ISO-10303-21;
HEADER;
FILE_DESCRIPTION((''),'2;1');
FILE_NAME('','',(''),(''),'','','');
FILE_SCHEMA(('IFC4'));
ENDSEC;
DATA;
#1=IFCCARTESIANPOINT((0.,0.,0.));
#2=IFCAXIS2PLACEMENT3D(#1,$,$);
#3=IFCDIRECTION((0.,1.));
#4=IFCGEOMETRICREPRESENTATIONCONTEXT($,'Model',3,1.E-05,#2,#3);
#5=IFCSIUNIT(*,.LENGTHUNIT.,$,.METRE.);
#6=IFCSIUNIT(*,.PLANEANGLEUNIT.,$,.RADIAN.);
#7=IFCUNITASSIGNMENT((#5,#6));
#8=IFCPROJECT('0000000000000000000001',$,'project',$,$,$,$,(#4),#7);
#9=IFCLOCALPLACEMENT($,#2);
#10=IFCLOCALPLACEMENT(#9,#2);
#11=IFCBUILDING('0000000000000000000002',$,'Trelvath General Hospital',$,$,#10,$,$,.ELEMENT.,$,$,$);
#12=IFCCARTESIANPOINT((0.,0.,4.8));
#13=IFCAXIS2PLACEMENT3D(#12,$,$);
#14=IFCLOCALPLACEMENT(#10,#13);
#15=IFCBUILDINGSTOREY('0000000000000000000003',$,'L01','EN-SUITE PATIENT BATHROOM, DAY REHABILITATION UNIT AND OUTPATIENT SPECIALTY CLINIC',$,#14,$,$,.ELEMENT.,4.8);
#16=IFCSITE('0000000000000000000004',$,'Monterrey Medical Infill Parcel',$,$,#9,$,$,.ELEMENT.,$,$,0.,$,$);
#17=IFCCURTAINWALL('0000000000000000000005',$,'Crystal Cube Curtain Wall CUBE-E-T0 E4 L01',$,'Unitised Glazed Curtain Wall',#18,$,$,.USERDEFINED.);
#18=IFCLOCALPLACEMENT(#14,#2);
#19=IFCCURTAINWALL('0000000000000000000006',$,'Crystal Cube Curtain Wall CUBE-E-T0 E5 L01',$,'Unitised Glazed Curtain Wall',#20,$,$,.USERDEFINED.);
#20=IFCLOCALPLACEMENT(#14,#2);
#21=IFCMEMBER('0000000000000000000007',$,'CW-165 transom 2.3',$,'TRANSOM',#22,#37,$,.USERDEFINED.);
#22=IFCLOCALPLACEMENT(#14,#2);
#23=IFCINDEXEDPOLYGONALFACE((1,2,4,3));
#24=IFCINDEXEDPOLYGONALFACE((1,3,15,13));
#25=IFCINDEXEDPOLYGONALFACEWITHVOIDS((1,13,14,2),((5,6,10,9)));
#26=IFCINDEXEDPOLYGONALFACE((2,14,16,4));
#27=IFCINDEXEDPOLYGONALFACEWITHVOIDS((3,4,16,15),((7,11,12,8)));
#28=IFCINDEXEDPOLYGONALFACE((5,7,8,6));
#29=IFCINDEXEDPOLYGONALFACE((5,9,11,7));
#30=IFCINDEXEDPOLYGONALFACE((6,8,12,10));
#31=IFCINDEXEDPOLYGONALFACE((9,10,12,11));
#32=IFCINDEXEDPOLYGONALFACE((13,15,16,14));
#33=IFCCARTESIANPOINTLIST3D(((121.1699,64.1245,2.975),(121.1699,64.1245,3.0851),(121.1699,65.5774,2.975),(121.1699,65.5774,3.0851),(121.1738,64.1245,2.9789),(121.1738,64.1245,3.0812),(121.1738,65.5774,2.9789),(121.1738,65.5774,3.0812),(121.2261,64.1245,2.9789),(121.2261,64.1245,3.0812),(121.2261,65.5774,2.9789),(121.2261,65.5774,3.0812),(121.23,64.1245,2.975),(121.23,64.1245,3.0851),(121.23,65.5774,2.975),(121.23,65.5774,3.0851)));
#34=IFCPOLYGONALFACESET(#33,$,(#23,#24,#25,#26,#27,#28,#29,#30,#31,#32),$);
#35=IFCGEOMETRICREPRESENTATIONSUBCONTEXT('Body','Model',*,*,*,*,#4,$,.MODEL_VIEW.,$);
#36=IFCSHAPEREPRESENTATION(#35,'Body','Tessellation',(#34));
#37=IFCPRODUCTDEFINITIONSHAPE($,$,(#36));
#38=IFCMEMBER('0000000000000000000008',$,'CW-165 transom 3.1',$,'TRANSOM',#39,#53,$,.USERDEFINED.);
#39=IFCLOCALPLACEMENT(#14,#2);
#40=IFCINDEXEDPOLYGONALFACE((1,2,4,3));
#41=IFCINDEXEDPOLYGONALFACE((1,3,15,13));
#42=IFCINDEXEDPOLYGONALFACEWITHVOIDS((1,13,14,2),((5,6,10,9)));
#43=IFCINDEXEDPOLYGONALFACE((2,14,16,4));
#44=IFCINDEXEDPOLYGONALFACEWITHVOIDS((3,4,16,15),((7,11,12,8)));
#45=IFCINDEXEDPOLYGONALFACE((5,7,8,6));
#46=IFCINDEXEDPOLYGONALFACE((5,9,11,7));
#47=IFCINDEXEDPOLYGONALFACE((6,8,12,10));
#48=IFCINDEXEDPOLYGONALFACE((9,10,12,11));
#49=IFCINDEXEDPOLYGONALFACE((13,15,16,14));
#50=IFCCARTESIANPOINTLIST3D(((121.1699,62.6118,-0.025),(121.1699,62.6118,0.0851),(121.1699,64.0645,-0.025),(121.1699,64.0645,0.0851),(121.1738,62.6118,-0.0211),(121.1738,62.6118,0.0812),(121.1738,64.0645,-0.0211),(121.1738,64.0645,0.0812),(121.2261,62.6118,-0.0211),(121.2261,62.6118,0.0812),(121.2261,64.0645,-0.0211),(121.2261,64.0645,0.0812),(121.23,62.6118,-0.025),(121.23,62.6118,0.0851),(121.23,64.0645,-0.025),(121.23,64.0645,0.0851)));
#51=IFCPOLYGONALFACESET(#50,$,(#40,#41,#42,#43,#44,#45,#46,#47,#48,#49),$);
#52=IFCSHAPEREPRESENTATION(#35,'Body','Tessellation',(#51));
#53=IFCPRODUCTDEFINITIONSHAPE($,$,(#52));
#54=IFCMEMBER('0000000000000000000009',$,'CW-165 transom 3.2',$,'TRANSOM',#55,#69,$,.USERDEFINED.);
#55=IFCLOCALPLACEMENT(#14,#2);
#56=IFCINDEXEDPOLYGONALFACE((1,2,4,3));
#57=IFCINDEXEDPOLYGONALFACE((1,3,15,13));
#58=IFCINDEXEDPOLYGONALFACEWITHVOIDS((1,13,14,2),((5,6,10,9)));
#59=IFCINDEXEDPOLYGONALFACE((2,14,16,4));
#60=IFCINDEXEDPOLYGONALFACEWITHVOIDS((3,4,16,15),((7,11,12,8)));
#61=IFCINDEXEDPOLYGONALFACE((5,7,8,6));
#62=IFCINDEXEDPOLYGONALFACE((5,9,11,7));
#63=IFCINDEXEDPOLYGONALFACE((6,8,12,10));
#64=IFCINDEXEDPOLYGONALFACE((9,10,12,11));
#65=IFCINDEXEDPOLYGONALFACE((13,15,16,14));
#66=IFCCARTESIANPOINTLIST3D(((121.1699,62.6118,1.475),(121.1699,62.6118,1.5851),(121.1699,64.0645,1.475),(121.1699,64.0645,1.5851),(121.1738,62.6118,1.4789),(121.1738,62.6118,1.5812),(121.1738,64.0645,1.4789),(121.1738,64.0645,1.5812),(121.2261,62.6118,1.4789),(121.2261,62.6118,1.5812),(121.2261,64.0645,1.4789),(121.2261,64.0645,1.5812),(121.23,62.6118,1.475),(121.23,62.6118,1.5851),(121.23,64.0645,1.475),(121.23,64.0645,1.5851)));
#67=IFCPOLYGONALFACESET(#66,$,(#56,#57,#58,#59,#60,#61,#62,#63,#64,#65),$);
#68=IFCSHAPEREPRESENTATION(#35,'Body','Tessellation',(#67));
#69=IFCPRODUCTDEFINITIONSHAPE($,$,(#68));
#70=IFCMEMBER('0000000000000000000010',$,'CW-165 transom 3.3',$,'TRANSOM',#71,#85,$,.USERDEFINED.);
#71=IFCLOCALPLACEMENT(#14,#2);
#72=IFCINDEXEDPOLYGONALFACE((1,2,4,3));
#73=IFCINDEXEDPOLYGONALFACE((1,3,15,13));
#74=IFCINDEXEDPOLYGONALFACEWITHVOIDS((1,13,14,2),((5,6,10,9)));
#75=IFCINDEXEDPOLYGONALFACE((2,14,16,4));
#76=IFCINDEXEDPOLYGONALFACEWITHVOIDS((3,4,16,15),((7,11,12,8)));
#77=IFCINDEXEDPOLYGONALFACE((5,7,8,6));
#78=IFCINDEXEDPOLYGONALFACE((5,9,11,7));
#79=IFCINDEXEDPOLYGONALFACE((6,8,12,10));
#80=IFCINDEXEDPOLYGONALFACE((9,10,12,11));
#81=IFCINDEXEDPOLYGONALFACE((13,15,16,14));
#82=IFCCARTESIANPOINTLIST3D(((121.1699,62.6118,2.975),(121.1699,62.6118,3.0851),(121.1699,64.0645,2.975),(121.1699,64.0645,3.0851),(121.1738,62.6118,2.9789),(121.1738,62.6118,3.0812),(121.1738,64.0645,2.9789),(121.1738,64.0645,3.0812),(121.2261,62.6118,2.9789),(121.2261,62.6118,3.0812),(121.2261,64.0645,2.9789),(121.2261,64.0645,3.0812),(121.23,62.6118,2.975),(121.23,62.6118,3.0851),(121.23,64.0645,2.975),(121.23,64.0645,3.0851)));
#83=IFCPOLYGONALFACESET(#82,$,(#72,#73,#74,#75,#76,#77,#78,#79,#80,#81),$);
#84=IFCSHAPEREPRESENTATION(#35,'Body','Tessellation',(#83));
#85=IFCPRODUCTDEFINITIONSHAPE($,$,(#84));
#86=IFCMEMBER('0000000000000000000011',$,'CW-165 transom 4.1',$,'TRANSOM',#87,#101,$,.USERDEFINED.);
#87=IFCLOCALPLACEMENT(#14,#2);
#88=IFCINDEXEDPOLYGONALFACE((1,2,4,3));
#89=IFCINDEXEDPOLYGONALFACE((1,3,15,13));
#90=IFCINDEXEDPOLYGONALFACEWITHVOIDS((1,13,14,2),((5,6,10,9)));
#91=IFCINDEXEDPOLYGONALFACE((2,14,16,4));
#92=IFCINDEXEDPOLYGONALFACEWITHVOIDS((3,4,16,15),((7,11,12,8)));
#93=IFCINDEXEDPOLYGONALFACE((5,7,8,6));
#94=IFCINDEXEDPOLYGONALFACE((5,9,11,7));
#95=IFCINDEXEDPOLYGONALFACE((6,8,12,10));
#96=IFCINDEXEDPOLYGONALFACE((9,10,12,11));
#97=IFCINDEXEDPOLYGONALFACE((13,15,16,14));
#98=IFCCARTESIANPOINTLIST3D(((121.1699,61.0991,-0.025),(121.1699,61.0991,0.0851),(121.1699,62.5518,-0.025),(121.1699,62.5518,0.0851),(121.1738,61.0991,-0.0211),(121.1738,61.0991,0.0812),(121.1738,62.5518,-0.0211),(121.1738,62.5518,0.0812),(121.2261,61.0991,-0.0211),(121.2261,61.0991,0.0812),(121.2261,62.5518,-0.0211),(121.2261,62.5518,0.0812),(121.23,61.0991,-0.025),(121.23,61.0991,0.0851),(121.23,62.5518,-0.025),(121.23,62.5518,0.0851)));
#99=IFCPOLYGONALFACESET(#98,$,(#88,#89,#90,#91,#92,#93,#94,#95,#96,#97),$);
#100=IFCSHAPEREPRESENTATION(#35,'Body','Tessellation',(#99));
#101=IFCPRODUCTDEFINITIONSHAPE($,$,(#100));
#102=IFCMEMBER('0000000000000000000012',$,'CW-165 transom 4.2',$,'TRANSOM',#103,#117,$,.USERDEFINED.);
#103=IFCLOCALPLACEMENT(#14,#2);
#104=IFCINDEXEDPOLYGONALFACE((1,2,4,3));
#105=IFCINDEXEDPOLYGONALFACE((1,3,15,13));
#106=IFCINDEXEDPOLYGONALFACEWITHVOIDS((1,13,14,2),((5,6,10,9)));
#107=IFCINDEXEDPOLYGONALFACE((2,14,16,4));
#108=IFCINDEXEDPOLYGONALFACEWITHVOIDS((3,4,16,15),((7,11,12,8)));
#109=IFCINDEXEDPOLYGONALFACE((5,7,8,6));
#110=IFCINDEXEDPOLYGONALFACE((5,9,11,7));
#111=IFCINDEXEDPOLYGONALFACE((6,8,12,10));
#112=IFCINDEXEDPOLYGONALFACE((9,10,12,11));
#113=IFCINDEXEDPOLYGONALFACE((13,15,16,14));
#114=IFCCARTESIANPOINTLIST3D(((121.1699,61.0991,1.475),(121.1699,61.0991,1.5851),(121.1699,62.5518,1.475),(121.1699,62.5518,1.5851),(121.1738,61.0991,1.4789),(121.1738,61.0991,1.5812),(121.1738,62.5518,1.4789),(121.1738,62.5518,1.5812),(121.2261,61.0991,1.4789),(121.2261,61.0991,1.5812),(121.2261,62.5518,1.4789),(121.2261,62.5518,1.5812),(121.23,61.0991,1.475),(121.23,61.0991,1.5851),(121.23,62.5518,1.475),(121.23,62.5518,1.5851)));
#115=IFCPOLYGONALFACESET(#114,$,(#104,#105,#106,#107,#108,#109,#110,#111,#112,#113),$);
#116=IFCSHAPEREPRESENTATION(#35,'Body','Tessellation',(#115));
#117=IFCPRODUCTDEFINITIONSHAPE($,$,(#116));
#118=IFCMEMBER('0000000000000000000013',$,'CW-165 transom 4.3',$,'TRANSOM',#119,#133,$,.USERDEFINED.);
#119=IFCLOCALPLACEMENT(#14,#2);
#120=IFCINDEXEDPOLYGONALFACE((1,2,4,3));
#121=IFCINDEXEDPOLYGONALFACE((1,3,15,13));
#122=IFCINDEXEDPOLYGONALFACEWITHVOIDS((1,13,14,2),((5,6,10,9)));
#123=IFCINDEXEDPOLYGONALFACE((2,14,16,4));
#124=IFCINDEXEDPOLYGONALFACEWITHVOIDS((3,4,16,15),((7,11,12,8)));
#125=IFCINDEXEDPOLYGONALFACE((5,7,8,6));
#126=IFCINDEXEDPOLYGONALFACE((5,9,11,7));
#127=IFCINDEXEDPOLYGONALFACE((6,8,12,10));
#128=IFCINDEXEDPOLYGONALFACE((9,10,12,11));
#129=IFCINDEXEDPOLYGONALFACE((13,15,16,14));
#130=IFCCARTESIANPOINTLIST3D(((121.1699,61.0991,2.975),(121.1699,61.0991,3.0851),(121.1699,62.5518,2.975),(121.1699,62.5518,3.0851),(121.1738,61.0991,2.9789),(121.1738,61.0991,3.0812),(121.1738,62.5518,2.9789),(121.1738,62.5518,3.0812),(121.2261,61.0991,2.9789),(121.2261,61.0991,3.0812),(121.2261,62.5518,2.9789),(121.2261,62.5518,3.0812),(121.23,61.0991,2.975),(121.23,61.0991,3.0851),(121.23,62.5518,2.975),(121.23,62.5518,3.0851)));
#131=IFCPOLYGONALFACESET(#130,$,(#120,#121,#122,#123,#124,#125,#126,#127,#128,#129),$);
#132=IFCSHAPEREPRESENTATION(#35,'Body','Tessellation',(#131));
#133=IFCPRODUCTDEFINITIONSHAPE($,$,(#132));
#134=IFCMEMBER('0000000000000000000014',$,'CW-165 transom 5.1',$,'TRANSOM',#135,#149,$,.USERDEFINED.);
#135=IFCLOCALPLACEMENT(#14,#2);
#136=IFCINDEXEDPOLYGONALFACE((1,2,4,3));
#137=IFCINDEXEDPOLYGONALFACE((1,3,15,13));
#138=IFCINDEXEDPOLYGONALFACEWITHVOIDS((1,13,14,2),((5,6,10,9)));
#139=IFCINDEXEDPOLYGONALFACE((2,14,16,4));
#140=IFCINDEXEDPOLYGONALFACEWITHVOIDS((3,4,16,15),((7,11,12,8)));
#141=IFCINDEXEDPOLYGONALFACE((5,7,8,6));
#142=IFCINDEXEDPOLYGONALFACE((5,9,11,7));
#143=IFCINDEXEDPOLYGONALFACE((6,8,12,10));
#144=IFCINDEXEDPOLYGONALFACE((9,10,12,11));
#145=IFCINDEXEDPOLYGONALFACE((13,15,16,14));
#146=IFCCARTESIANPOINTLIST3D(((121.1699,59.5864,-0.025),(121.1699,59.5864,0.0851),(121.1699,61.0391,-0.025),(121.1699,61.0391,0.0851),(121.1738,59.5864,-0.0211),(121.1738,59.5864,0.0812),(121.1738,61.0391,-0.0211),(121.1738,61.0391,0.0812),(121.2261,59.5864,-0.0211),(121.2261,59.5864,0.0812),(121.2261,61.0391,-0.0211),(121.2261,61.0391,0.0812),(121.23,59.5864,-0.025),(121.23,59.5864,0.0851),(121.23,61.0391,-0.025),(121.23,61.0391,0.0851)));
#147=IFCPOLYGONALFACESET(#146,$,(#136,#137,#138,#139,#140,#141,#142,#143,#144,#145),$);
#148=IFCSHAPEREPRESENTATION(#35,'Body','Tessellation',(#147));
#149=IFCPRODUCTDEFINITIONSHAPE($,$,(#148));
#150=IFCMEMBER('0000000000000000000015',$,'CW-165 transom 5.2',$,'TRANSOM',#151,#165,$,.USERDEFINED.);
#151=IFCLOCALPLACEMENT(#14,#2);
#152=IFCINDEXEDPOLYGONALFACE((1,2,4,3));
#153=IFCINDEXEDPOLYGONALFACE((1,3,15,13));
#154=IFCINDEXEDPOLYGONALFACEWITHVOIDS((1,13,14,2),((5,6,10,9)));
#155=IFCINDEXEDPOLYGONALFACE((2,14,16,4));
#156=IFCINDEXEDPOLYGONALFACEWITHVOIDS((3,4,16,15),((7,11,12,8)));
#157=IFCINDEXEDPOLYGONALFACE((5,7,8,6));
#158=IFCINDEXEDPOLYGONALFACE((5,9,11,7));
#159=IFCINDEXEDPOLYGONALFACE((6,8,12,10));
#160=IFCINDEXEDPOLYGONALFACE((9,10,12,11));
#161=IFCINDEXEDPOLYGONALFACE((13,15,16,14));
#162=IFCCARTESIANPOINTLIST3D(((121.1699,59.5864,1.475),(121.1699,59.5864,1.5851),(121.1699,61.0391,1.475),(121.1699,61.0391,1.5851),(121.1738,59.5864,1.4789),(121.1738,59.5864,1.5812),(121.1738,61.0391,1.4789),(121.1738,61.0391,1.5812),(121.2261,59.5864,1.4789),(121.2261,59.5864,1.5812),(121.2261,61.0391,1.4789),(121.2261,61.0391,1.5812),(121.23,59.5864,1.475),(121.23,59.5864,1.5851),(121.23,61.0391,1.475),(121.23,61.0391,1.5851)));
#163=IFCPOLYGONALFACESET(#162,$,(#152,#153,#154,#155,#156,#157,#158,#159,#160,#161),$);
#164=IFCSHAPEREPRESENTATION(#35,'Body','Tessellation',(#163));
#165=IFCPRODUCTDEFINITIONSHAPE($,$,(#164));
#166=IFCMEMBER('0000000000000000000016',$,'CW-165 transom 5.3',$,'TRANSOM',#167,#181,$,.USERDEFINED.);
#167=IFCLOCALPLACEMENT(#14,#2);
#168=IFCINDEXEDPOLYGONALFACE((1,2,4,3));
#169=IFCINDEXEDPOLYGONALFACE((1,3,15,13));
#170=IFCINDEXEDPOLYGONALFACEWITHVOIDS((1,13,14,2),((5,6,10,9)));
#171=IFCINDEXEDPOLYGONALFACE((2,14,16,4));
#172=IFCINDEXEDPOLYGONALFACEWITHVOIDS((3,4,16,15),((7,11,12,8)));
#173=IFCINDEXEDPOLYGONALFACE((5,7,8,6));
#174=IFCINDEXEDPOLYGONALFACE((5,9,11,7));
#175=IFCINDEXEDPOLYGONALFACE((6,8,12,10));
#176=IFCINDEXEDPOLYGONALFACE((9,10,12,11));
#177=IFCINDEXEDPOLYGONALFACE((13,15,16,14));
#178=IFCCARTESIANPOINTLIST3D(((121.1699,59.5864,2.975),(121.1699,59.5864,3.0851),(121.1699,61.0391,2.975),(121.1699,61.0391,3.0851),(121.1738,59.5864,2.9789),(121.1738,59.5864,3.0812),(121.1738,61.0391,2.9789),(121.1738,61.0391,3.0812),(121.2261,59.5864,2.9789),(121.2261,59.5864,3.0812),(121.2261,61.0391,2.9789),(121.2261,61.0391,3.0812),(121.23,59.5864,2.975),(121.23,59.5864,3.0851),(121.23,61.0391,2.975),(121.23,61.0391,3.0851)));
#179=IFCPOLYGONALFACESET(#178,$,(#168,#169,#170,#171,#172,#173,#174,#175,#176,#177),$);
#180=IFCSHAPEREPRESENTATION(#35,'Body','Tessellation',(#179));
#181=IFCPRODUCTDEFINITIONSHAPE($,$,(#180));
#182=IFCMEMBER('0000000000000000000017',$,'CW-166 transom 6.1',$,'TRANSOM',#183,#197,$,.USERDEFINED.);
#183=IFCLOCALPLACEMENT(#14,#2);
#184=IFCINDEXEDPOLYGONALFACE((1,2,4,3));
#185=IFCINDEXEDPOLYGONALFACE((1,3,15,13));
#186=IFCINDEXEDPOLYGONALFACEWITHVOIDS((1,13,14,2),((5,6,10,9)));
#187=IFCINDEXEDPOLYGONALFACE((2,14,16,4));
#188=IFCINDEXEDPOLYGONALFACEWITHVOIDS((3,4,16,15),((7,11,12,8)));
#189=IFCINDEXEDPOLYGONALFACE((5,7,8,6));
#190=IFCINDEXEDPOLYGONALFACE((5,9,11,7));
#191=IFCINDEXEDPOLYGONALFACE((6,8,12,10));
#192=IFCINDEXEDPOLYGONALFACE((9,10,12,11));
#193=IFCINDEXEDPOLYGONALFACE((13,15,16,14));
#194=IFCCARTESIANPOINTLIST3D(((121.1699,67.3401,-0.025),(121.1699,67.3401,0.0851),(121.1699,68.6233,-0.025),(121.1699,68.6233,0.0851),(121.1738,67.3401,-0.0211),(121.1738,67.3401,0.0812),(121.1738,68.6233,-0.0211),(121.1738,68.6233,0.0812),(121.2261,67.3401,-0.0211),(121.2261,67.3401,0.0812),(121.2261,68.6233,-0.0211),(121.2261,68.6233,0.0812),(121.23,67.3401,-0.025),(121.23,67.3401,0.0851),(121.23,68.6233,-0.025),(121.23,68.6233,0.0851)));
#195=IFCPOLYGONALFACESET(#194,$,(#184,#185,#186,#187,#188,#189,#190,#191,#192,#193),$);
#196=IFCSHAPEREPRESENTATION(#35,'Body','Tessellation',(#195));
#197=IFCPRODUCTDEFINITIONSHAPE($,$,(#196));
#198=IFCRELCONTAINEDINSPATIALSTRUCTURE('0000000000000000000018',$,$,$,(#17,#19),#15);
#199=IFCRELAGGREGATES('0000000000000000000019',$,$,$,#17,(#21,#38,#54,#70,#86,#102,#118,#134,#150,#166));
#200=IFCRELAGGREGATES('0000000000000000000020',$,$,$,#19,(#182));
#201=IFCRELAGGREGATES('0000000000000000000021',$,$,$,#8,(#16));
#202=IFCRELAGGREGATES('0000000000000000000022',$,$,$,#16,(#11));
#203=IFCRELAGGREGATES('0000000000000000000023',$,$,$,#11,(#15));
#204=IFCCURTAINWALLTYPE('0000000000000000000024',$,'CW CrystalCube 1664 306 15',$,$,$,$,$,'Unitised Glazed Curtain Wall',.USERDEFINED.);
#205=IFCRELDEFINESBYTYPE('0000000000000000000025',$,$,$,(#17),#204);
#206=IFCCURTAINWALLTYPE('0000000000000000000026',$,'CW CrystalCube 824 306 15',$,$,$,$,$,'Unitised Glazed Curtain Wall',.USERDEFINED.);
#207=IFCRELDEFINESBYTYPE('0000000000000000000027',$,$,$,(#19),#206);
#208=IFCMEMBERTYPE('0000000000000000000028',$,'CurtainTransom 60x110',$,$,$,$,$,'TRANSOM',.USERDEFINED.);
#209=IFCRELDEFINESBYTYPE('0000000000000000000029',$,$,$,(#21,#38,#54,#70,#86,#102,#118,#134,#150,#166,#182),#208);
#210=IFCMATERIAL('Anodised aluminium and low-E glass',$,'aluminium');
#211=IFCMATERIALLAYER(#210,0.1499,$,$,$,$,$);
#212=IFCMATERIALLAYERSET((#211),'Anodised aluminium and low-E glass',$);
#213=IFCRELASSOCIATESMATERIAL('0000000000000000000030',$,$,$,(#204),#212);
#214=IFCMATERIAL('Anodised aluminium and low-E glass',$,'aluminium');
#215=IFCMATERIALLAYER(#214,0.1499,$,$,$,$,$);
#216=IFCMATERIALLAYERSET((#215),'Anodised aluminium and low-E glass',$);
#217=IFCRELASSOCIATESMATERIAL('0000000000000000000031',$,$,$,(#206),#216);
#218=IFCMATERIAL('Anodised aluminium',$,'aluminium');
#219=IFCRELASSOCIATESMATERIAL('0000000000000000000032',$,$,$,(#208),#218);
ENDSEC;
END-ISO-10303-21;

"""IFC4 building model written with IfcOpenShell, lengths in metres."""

from ifc_helpers import new_model, si_unit, direction, frame, origin, origin_2d, place, context, subcontext, project, spatial, hollow_rectangle, extrude, material, layer, layer_set, material_profile, profile_set, type_object, element, aggregate, save


model = new_model("IFC4")

# Units and contexts
model_context = context("Model", 3, precision=1e-05, world=origin(), true_north=direction((0.0, 1.0)))
body_context = subcontext(model_context, "Body", "Model", "MODEL_VIEW")
ifc_project = project(units=[si_unit("LENGTHUNIT", "METRE"), si_unit("PLANEANGLEUNIT", "RADIAN")], contexts=[model_context])

# Site, building, storey
site_placement = place(None, origin())
site = spatial("IfcSite", under=ifc_project, at=site_placement, Name="Monterrey Medical Infill Parcel", CompositionType="ELEMENT", RefElevation=0.0)
building_placement = place(site_placement, origin())
building = spatial("IfcBuilding", under=site, at=building_placement, Name="Trelvath General Hospital", CompositionType="ELEMENT")
storey_placement = place(building_placement, frame((0.0, 0.0, 4.8)))
storey = spatial("IfcBuildingStorey", under=building, at=storey_placement, Name="L01", Description="EN-SUITE PATIENT BATHROOM, DAY REHABILITATION UNIT AND OUTPATIENT SPECIALTY CLINIC", CompositionType="ELEMENT", Elevation=4.8)

# Curtain wall
ifc_material_1 = material(Name="Anodised aluminium and low-E glass", Category="aluminium")
ifc_layer_1 = layer(ifc_material_1, 0.1499)
ifc_layer_set_1 = layer_set([ifc_layer_1], Name="Anodised aluminium and low-E glass")
curtain_wall_type_1 = type_object("IfcCurtainWallType", Name="CW CrystalCube 1664 306 15", ElementType="Unitised Glazed Curtain Wall", PredefinedType="USERDEFINED", material=ifc_layer_set_1)
curtain_wall_1_placement = place(storey_placement, origin())
curtain_wall_1 = element("IfcCurtainWall", 1, at=curtain_wall_1_placement, inside=storey, type_object=curtain_wall_type_1, Name="Crystal Cube Curtain Wall CUBE-E-T0 E4 L01", ObjectType="Unitised Glazed Curtain Wall", PredefinedType="USERDEFINED")

# Curtain wall
ifc_material_2 = material(Name="Anodised aluminium and low-E glass", Category="aluminium")
ifc_layer_2 = layer(ifc_material_2, 0.1499)
ifc_layer_set_2 = layer_set([ifc_layer_2], Name="Anodised aluminium and low-E glass")
curtain_wall_type_2 = type_object("IfcCurtainWallType", Name="CW CrystalCube 824 306 15", ElementType="Unitised Glazed Curtain Wall", PredefinedType="USERDEFINED", material=ifc_layer_set_2)
curtain_wall_2_placement = place(storey_placement, origin())
curtain_wall_2 = element("IfcCurtainWall", 2, at=curtain_wall_2_placement, inside=storey, type_object=curtain_wall_type_2, Name="Crystal Cube Curtain Wall CUBE-E-T0 E5 L01", ObjectType="Unitised Glazed Curtain Wall", PredefinedType="USERDEFINED")

# Members
ifc_material_3 = material(Name="Anodised aluminium", Category="aluminium")
ifc_material_profile_1 = material_profile(ifc_material_3, hollow_rectangle(XDim=0.0601, YDim=0.1101, WallThickness=0.0039, at=origin_2d()), Name="RHS60x110x4")
ifc_profile_set_1 = profile_set([ifc_material_profile_1], Name="Anodised aluminium")
member_type_1 = type_object("IfcMemberType", Name="CurtainTransom 60x110", ElementType="TRANSOM", PredefinedType="USERDEFINED", material=ifc_profile_set_1)
member_1_placement = place(storey_placement, frame((121.2, 65.5774, 3.03), z_axis=(0.0, -1.0, 0.0), x_axis=(1.0, 0.0, 0.0)))
member_1 = element("IfcMember", 3, at=member_1_placement, type_object=member_type_1, Name="CW-165 transom 2.3", ObjectType="TRANSOM", PredefinedType="USERDEFINED", context=body_context, shape_type="SweptSolid", body=[
    extrude(hollow_rectangle(XDim=0.0601, YDim=0.1101, WallThickness=0.0039, at=origin_2d()), origin(), (0.0, 0.0, 1.0), 1.4529),
])
member_2_placement = place(storey_placement, frame((121.2, 64.0645, 0.03), z_axis=(0.0, -1.0, 0.0), x_axis=(1.0, 0.0, 0.0)))
member_2 = element("IfcMember", 4, at=member_2_placement, type_object=member_type_1, Name="CW-165 transom 3.1", ObjectType="TRANSOM", PredefinedType="USERDEFINED", context=body_context, shape_type="SweptSolid", body=[
    extrude(hollow_rectangle(XDim=0.0601, YDim=0.1101, WallThickness=0.0039, at=origin_2d()), origin(), (0.0, 0.0, 1.0), 1.4526),
])
member_3_placement = place(storey_placement, frame((121.2, 64.0645, 1.53), z_axis=(0.0, -1.0, 0.0), x_axis=(1.0, 0.0, 0.0)))
member_3 = element("IfcMember", 5, at=member_3_placement, type_object=member_type_1, Name="CW-165 transom 3.2", ObjectType="TRANSOM", PredefinedType="USERDEFINED", context=body_context, shape_type="SweptSolid", body=[
    extrude(hollow_rectangle(XDim=0.0601, YDim=0.1101, WallThickness=0.0039, at=origin_2d()), origin(), (0.0, 0.0, 1.0), 1.4526),
])
member_4_placement = place(storey_placement, frame((121.2, 64.0645, 3.03), z_axis=(0.0, -1.0, 0.0), x_axis=(1.0, 0.0, 0.0)))
member_4 = element("IfcMember", 6, at=member_4_placement, type_object=member_type_1, Name="CW-165 transom 3.3", ObjectType="TRANSOM", PredefinedType="USERDEFINED", context=body_context, shape_type="SweptSolid", body=[
    extrude(hollow_rectangle(XDim=0.0601, YDim=0.1101, WallThickness=0.0039, at=origin_2d()), origin(), (0.0, 0.0, 1.0), 1.4526),
])
member_5_placement = place(storey_placement, frame((121.2, 62.5518, 0.03), z_axis=(0.0, -1.0, 0.0), x_axis=(1.0, 0.0, 0.0)))
member_5 = element("IfcMember", 7, at=member_5_placement, type_object=member_type_1, Name="CW-165 transom 4.1", ObjectType="TRANSOM", PredefinedType="USERDEFINED", context=body_context, shape_type="SweptSolid", body=[
    extrude(hollow_rectangle(XDim=0.0601, YDim=0.1101, WallThickness=0.0039, at=origin_2d()), origin(), (0.0, 0.0, 1.0), 1.4526),
])
member_6_placement = place(storey_placement, frame((121.2, 62.5518, 1.53), z_axis=(0.0, -1.0, 0.0), x_axis=(1.0, 0.0, 0.0)))
member_6 = element("IfcMember", 8, at=member_6_placement, type_object=member_type_1, Name="CW-165 transom 4.2", ObjectType="TRANSOM", PredefinedType="USERDEFINED", context=body_context, shape_type="SweptSolid", body=[
    extrude(hollow_rectangle(XDim=0.0601, YDim=0.1101, WallThickness=0.0039, at=origin_2d()), origin(), (0.0, 0.0, 1.0), 1.4526),
])
member_7_placement = place(storey_placement, frame((121.2, 62.5518, 3.03), z_axis=(0.0, -1.0, 0.0), x_axis=(1.0, 0.0, 0.0)))
member_7 = element("IfcMember", 9, at=member_7_placement, type_object=member_type_1, Name="CW-165 transom 4.3", ObjectType="TRANSOM", PredefinedType="USERDEFINED", context=body_context, shape_type="SweptSolid", body=[
    extrude(hollow_rectangle(XDim=0.0601, YDim=0.1101, WallThickness=0.0039, at=origin_2d()), origin(), (0.0, 0.0, 1.0), 1.4526),
])
member_8_placement = place(storey_placement, frame((121.2, 61.0391, 0.03), z_axis=(0.0, -1.0, 0.0), x_axis=(1.0, 0.0, 0.0)))
member_8 = element("IfcMember", 10, at=member_8_placement, type_object=member_type_1, Name="CW-165 transom 5.1", ObjectType="TRANSOM", PredefinedType="USERDEFINED", context=body_context, shape_type="SweptSolid", body=[
    extrude(hollow_rectangle(XDim=0.0601, YDim=0.1101, WallThickness=0.0039, at=origin_2d()), origin(), (0.0, 0.0, 1.0), 1.4526),
])
member_9_placement = place(storey_placement, frame((121.2, 61.0391, 1.53), z_axis=(0.0, -1.0, 0.0), x_axis=(1.0, 0.0, 0.0)))
member_9 = element("IfcMember", 11, at=member_9_placement, type_object=member_type_1, Name="CW-165 transom 5.2", ObjectType="TRANSOM", PredefinedType="USERDEFINED", context=body_context, shape_type="SweptSolid", body=[
    extrude(hollow_rectangle(XDim=0.0601, YDim=0.1101, WallThickness=0.0039, at=origin_2d()), origin(), (0.0, 0.0, 1.0), 1.4526),
])
member_10_placement = place(storey_placement, frame((121.2, 61.0391, 3.03), z_axis=(0.0, -1.0, 0.0), x_axis=(1.0, 0.0, 0.0)))
member_10 = element("IfcMember", 12, at=member_10_placement, type_object=member_type_1, Name="CW-165 transom 5.3", ObjectType="TRANSOM", PredefinedType="USERDEFINED", context=body_context, shape_type="SweptSolid", body=[
    extrude(hollow_rectangle(XDim=0.0601, YDim=0.1101, WallThickness=0.0039, at=origin_2d()), origin(), (0.0, 0.0, 1.0), 1.4526),
])
member_11_placement = place(storey_placement, frame((121.2, 68.6233, 0.03), z_axis=(0.0, -1.0, 0.0), x_axis=(1.0, 0.0, 0.0)))
member_11 = element("IfcMember", 13, at=member_11_placement, type_object=member_type_1, Name="CW-166 transom 6.1", ObjectType="TRANSOM", PredefinedType="USERDEFINED", context=body_context, shape_type="SweptSolid", body=[
    extrude(hollow_rectangle(XDim=0.0601, YDim=0.1101, WallThickness=0.0039, at=origin_2d()), origin(), (0.0, 0.0, 1.0), 1.2832),
])

aggregate(curtain_wall_1, [member_1, member_2, member_3, member_4, member_5, member_6, member_7, member_8, member_9, member_10])
aggregate(curtain_wall_2, [member_11])

save(model, "model.ifc")
